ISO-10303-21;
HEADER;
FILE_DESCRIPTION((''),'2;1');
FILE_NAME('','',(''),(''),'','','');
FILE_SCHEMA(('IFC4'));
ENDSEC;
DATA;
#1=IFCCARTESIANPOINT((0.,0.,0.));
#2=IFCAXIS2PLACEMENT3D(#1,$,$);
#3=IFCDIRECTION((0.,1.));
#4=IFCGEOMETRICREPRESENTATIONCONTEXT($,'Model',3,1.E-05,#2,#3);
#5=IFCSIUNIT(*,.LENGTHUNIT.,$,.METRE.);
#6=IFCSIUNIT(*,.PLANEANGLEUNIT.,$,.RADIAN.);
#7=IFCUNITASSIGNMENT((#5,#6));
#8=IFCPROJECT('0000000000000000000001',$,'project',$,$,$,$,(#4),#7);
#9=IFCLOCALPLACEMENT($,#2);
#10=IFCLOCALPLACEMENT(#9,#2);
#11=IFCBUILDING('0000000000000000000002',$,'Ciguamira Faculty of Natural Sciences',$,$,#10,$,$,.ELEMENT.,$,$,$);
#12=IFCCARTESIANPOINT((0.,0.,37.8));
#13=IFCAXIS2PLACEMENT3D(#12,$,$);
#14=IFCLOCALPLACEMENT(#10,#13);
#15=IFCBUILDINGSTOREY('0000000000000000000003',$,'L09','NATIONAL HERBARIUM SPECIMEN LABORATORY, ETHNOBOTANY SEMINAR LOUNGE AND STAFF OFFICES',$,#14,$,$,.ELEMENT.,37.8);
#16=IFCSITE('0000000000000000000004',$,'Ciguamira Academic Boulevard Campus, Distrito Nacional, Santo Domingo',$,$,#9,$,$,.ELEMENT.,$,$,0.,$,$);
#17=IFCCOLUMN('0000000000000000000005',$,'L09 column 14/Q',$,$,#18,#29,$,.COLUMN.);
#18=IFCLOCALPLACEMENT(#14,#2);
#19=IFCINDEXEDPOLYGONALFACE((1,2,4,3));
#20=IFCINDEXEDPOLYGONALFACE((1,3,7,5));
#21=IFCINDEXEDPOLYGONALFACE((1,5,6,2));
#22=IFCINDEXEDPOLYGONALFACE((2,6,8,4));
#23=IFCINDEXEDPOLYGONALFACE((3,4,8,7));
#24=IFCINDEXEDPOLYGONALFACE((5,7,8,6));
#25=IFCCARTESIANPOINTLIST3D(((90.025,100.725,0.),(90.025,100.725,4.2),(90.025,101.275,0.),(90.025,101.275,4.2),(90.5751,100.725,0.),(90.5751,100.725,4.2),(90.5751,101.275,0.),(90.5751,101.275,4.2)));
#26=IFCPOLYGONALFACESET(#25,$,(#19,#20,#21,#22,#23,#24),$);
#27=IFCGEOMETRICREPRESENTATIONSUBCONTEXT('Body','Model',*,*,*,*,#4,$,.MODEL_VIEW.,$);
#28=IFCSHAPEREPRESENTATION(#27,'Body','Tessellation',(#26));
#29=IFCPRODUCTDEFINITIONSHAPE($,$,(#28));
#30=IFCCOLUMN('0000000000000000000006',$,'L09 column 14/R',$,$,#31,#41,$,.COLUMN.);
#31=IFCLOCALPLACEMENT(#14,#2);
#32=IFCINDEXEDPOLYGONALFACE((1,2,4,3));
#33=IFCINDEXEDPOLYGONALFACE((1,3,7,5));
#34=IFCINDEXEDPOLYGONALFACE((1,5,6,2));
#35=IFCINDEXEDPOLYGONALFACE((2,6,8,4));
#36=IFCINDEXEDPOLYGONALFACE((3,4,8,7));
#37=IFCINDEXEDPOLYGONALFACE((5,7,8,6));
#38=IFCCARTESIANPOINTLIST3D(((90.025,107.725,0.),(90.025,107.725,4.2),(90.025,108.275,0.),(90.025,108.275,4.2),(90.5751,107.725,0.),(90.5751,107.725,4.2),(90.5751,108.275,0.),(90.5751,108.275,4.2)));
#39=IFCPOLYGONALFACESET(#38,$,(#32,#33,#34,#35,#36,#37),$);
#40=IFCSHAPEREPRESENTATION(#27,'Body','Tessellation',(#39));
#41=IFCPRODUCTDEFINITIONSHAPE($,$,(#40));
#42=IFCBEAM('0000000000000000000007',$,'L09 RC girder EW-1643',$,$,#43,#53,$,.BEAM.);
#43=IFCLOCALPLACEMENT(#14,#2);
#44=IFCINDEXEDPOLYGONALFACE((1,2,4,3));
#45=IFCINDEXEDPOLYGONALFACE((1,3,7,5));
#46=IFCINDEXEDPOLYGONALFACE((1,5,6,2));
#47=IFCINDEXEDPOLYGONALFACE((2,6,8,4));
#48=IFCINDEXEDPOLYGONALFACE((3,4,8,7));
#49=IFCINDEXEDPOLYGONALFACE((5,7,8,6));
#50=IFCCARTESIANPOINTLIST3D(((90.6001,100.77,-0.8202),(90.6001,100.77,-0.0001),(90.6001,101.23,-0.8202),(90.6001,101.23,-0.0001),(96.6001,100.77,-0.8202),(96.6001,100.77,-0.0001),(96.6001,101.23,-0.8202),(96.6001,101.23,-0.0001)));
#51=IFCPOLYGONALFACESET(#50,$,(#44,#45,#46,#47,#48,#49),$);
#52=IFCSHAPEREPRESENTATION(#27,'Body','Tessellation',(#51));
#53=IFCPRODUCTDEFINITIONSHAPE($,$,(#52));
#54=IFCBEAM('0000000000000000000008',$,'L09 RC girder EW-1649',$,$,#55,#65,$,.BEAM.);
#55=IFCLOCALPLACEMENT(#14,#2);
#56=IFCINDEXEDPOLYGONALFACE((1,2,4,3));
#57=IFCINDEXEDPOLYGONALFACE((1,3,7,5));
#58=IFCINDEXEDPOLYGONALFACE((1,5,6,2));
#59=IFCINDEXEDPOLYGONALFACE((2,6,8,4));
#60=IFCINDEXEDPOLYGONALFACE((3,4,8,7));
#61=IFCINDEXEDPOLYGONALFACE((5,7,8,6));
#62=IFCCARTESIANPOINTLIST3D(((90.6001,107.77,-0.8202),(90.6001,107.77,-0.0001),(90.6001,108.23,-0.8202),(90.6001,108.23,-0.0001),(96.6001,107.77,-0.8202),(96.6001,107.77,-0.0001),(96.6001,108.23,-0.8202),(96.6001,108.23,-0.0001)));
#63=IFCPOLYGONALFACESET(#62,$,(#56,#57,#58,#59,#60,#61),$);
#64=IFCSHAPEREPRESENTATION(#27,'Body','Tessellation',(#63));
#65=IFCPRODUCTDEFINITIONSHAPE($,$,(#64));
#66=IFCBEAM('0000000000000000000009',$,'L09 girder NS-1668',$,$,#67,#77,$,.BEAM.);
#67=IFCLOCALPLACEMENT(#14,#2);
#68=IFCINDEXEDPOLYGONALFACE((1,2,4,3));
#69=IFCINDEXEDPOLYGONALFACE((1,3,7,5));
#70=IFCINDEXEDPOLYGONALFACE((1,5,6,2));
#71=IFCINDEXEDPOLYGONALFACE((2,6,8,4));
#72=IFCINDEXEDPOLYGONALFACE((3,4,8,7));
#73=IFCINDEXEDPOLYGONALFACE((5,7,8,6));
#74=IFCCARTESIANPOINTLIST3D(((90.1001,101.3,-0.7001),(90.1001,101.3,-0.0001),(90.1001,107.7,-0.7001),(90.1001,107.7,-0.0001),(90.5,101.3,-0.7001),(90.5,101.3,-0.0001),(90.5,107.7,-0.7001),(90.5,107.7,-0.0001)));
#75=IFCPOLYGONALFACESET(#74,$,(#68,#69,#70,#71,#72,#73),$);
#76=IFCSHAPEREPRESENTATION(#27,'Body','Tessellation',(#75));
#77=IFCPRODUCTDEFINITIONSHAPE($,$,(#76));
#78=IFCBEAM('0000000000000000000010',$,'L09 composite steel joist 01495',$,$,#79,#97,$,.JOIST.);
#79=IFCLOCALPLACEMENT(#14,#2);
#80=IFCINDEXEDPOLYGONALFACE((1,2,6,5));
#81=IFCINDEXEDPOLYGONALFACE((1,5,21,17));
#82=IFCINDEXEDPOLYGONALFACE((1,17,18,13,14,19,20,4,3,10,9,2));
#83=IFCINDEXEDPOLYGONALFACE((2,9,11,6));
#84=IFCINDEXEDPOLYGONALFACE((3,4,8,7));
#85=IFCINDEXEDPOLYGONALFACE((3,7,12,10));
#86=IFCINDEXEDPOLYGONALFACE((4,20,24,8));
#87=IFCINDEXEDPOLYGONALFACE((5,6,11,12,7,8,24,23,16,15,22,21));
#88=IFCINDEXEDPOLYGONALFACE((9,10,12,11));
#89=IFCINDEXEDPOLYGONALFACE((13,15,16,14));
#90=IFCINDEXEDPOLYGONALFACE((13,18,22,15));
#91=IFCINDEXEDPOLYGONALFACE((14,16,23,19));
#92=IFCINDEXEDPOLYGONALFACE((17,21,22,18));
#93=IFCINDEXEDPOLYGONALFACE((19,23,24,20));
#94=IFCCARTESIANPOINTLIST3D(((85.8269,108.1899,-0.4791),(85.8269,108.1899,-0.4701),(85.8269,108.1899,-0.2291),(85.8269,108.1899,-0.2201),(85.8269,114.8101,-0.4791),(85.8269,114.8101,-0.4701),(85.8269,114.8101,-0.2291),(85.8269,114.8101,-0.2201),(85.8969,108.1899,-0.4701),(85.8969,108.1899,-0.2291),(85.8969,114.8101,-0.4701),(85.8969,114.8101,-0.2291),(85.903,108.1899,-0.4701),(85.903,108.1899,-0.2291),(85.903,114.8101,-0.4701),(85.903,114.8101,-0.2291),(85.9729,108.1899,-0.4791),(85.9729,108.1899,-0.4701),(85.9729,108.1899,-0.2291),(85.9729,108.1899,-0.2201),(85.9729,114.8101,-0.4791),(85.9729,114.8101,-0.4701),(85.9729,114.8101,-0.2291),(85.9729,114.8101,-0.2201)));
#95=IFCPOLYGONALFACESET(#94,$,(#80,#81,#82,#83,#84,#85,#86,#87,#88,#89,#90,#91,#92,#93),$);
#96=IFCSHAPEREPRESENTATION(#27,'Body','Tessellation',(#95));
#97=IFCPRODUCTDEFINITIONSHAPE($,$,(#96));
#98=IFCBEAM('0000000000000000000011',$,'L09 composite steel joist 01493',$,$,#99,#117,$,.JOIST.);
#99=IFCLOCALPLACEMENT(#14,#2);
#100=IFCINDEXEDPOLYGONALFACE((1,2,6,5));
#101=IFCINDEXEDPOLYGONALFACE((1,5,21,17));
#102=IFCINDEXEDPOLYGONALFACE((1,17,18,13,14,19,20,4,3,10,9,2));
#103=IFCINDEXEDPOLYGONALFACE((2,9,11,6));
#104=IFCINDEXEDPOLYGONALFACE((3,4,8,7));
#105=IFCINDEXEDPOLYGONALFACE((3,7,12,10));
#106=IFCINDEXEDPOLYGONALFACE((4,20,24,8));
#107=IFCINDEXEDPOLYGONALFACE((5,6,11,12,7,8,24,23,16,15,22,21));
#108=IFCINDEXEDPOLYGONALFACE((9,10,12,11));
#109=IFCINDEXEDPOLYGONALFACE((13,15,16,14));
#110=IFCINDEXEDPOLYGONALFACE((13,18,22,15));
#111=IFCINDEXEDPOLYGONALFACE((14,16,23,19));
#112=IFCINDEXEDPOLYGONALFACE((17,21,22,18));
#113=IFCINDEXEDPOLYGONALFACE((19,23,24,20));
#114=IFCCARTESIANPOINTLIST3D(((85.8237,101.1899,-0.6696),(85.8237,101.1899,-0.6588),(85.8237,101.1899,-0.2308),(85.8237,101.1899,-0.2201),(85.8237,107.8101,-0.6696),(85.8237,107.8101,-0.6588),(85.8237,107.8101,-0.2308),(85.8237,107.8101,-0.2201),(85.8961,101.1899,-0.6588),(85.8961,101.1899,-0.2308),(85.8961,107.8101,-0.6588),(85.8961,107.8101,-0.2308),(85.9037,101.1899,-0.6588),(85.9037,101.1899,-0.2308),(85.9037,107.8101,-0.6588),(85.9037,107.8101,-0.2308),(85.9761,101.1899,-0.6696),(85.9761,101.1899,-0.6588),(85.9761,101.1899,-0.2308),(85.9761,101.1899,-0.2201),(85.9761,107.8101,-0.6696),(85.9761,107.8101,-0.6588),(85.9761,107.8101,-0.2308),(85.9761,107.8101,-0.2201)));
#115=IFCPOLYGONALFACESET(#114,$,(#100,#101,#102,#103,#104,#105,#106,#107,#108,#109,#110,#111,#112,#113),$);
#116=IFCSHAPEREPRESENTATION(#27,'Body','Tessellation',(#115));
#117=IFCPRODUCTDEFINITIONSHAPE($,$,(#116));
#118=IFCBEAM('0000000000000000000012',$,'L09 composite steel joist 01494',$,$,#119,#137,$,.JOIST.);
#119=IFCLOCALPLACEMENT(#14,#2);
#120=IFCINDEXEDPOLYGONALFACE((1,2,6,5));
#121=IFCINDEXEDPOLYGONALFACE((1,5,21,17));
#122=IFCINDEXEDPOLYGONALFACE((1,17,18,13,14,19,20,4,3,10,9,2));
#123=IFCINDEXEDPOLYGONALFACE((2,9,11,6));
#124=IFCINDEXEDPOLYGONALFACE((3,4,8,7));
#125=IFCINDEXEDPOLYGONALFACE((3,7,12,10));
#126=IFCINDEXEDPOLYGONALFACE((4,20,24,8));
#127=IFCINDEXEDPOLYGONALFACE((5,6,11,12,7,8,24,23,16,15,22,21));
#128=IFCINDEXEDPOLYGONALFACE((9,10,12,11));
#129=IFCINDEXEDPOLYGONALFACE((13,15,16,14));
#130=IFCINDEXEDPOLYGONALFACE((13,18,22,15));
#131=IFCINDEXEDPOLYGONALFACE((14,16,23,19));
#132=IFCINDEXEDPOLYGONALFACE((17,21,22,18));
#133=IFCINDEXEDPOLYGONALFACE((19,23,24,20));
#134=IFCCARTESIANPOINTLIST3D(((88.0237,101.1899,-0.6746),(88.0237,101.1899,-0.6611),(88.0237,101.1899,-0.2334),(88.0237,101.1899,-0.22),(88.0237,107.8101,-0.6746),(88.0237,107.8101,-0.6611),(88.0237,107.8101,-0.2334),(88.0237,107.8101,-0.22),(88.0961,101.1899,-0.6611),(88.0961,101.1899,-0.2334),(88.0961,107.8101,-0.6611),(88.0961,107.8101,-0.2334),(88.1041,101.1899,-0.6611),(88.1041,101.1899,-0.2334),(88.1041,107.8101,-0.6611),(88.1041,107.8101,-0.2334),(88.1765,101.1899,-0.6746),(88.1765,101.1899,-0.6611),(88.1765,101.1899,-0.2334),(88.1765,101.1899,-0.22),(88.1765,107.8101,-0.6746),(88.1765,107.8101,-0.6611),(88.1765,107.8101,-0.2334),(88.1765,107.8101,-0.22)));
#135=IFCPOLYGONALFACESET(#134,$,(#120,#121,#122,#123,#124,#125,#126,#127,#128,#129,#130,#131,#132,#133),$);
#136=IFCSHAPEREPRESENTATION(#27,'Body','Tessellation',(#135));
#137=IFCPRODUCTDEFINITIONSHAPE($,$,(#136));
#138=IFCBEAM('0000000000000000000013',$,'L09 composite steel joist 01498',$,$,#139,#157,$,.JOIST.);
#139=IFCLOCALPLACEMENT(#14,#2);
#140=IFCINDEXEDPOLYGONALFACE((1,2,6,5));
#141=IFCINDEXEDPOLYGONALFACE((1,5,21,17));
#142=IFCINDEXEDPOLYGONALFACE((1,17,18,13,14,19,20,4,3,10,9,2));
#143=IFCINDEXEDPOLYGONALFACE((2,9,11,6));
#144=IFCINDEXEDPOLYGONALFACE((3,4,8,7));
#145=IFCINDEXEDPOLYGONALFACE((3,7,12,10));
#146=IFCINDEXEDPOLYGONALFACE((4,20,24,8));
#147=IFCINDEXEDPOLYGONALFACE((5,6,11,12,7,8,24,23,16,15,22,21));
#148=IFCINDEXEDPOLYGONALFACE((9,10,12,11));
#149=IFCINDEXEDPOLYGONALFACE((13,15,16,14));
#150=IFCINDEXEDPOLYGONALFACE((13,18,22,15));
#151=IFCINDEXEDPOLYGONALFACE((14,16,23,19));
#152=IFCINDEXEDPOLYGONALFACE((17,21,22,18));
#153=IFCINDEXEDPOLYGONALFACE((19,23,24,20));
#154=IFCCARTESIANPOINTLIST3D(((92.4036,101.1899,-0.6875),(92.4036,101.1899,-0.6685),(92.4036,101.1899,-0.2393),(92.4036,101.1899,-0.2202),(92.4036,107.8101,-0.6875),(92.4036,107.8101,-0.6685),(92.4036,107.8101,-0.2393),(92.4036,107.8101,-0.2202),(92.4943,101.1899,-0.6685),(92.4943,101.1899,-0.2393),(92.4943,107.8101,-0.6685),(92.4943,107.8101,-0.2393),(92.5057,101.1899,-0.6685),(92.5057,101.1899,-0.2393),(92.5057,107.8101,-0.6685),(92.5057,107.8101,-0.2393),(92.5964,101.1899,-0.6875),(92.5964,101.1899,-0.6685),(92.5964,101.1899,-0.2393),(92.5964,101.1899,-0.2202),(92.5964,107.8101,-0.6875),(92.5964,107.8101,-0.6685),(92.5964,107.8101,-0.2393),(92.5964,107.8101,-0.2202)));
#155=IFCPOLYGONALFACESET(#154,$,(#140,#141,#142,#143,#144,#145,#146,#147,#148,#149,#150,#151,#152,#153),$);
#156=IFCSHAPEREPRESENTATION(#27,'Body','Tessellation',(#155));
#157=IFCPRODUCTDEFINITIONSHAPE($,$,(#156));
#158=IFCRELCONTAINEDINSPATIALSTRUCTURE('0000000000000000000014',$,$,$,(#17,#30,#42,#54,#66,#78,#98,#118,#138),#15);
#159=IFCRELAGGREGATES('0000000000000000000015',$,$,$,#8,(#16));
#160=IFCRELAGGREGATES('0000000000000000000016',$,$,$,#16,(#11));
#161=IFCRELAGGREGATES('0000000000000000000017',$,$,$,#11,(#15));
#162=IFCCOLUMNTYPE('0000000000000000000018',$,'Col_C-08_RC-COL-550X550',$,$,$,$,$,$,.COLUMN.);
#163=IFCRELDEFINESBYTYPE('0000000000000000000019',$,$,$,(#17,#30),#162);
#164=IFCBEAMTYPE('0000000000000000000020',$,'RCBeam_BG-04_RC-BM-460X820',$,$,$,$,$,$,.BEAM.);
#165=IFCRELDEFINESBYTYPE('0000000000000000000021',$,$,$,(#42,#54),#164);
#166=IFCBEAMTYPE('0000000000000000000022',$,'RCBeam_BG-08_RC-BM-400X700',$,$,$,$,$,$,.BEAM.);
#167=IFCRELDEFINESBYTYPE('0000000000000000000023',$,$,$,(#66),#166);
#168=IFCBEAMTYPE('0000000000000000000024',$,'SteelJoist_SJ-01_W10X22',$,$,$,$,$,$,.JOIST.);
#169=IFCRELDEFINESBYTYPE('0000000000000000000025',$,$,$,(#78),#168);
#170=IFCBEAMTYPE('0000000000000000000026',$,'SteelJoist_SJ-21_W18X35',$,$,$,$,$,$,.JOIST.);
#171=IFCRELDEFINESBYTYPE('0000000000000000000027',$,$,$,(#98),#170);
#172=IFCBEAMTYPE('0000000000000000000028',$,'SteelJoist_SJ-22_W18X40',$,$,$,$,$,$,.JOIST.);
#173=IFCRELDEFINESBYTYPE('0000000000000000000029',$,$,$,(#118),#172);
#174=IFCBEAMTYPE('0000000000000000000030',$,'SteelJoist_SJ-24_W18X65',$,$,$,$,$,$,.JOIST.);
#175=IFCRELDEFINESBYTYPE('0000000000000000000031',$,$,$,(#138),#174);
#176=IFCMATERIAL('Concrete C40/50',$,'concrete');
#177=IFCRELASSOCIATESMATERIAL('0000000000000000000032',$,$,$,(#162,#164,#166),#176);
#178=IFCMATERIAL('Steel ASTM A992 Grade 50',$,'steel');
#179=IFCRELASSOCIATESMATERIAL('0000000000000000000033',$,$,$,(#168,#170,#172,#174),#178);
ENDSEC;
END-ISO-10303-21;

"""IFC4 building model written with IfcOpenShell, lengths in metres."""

from ifc_helpers import new_model, si_unit, direction, frame, origin, origin_2d, place, context, subcontext, project, spatial, rectangle, i_section, extrude, material, material_profile, profile_set, type_object, element, save


model = new_model("IFC4")

# Units and contexts
model_context = context("Model", 3, precision=1e-05, world=origin(), true_north=direction((0.0, 1.0)))
body_context = subcontext(model_context, "Body", "Model", "MODEL_VIEW")
ifc_project = project(units=[si_unit("LENGTHUNIT", "METRE"), si_unit("PLANEANGLEUNIT", "RADIAN")], contexts=[model_context])

# Site, building, storey
site_placement = place(None, origin())
site = spatial("IfcSite", under=ifc_project, at=site_placement, Name="Ciguamira Academic Boulevard Campus, Distrito Nacional, Santo Domingo", CompositionType="ELEMENT", RefElevation=0.0)
building_placement = place(site_placement, origin())
building = spatial("IfcBuilding", under=site, at=building_placement, Name="Ciguamira Faculty of Natural Sciences", CompositionType="ELEMENT")
storey_placement = place(building_placement, frame((0.0, 0.0, 37.8)))
storey = spatial("IfcBuildingStorey", under=building, at=storey_placement, Name="L09", Description="NATIONAL HERBARIUM SPECIMEN LABORATORY, ETHNOBOTANY SEMINAR LOUNGE AND STAFF OFFICES", CompositionType="ELEMENT", Elevation=37.8)

# Columns
ifc_material_1 = material(Name="Concrete C40/50", Category="concrete")
ifc_material_profile_1 = material_profile(ifc_material_1, rectangle(XDim=0.55, YDim=0.55, at=origin_2d()), Name="RC-COL-550X550")
ifc_profile_set_1 = profile_set([ifc_material_profile_1], Name="Concrete C40/50")
column_type = type_object("IfcColumnType", Name="Col_C-08_RC-COL-550X550", PredefinedType="COLUMN", material=ifc_profile_set_1)
for number, where, z_axis, x_axis, name in (
    (1, (90.3, 101.0, 0.0), (0.0, 0.0, 1.0), (1.0, 0.0, 0.0), "L09 column 14/Q"),
    (2, (90.3, 108.0, 0.0), (0.0, 0.0, 1.0), (1.0, 0.0, 0.0), "L09 column 14/R"),
):
    element("IfcColumn", number, at=place(storey_placement, frame(where, z_axis=z_axis, x_axis=x_axis)), inside=storey, type_object=column_type, Name=name, PredefinedType="COLUMN", context=body_context, shape_type="SweptSolid", body=[
        extrude(rectangle(XDim=0.55, YDim=0.55, at=origin_2d()), origin(), (0.0, 0.0, 1.0), 4.2),
    ])

# Beams
ifc_material_profile_2 = material_profile(ifc_material_1, rectangle(XDim=0.46, YDim=0.8201, at=origin_2d()), Name="RC-BM-460X820")
ifc_profile_set_2 = profile_set([ifc_material_profile_2], Name="Concrete C40/50")
beam_type_1 = type_object("IfcBeamType", Name="RCBeam_BG-04_RC-BM-460X820", PredefinedType="BEAM", material=ifc_profile_set_2)
for number, where, z_axis, x_axis, name in (
    (3, (90.6001, 101.0, -0.4102), (1.0, 0.0, 0.0), (0.0, 1.0, 0.0), "L09 RC girder EW-1643"),
    (4, (90.6001, 108.0, -0.4102), (1.0, 0.0, 0.0), (0.0, 1.0, 0.0), "L09 RC girder EW-1649"),
):
    element("IfcBeam", number, at=place(storey_placement, frame(where, z_axis=z_axis, x_axis=x_axis)), inside=storey, type_object=beam_type_1, Name=name, PredefinedType="BEAM", context=body_context, shape_type="SweptSolid", body=[
        extrude(rectangle(XDim=0.46, YDim=0.8201, at=origin_2d()), origin(), (0.0, 0.0, 1.0), 6.0),
    ])
ifc_material_profile_3 = material_profile(ifc_material_1, rectangle(XDim=0.3999, YDim=0.7, at=origin_2d()), Name="RC-BM-400X700")
ifc_profile_set_3 = profile_set([ifc_material_profile_3], Name="Concrete C40/50")
beam_type_2 = type_object("IfcBeamType", Name="RCBeam_BG-08_RC-BM-400X700", PredefinedType="BEAM", material=ifc_profile_set_3)
beam_1_placement = place(storey_placement, frame((90.3, 101.3, -0.3501), z_axis=(0.0, 1.0, 0.0), x_axis=(-1.0, 0.0, 0.0)))
element("IfcBeam", 5, at=beam_1_placement, inside=storey, type_object=beam_type_2, Name="L09 girder NS-1668", PredefinedType="BEAM", context=body_context, shape_type="SweptSolid", body=[
    extrude(rectangle(XDim=0.3999, YDim=0.7, at=origin_2d()), origin(), (0.0, 0.0, 1.0), 6.3999),
])
ifc_material_2 = material(Name="Steel ASTM A992 Grade 50", Category="steel")
ifc_material_profile_4 = material_profile(ifc_material_2, i_section(OverallWidth=0.146, OverallDepth=0.259, WebThickness=0.0061, FlangeThickness=0.009, at=origin_2d()), Name="W10X22")
ifc_profile_set_4 = profile_set([ifc_material_profile_4], Name="Steel ASTM A992 Grade 50")
beam_type_3 = type_object("IfcBeamType", Name="SteelJoist_SJ-01_W10X22", PredefinedType="JOIST", material=ifc_profile_set_4)
beam_2_placement = place(storey_placement, frame((85.8999, 108.1899, -0.3496), z_axis=(0.0, 1.0, 0.0), x_axis=(-1.0, 0.0, 0.0)))
element("IfcBeam", 6, at=beam_2_placement, inside=storey, type_object=beam_type_3, Name="L09 composite steel joist 01495", PredefinedType="JOIST", context=body_context, shape_type="SweptSolid", body=[
    extrude(i_section(OverallWidth=0.146, OverallDepth=0.259, WebThickness=0.0061, FlangeThickness=0.009, at=origin_2d()), origin(), (0.0, 0.0, 1.0), 6.6201),
])
ifc_material_profile_5 = material_profile(ifc_material_2, i_section(OverallWidth=0.1523, OverallDepth=0.4495, WebThickness=0.0076, FlangeThickness=0.0107, at=origin_2d()), Name="W18X35")
ifc_profile_set_5 = profile_set([ifc_material_profile_5], Name="Steel ASTM A992 Grade 50")
beam_type_4 = type_object("IfcBeamType", Name="SteelJoist_SJ-21_W18X35", PredefinedType="JOIST", material=ifc_profile_set_5)
beam_3_placement = place(storey_placement, frame((85.8999, 101.1899, -0.4448), z_axis=(0.0, 1.0, 0.0), x_axis=(-1.0, 0.0, 0.0)))
element("IfcBeam", 7, at=beam_3_placement, inside=storey, type_object=beam_type_4, Name="L09 composite steel joist 01493", PredefinedType="JOIST", context=body_context, shape_type="SweptSolid", body=[
    extrude(i_section(OverallWidth=0.1523, OverallDepth=0.4495, WebThickness=0.0076, FlangeThickness=0.0107, at=origin_2d()), origin(), (0.0, 0.0, 1.0), 6.6201),
])
ifc_material_profile_6 = material_profile(ifc_material_2, i_section(OverallWidth=0.1528, OverallDepth=0.4546, WebThickness=0.0081, FlangeThickness=0.0134, at=origin_2d()), Name="W18X40")
ifc_profile_set_6 = profile_set([ifc_material_profile_6], Name="Steel ASTM A992 Grade 50")
beam_type_5 = type_object("IfcBeamType", Name="SteelJoist_SJ-22_W18X40", PredefinedType="JOIST", material=ifc_profile_set_6)
beam_4_placement = place(storey_placement, frame((88.1001, 101.1899, -0.4473), z_axis=(0.0, 1.0, 0.0), x_axis=(-1.0, 0.0, 0.0)))
element("IfcBeam", 8, at=beam_4_placement, inside=storey, type_object=beam_type_5, Name="L09 composite steel joist 01494", PredefinedType="JOIST", context=body_context, shape_type="SweptSolid", body=[
    extrude(i_section(OverallWidth=0.1528, OverallDepth=0.4546, WebThickness=0.0081, FlangeThickness=0.0134, at=origin_2d()), origin(), (0.0, 0.0, 1.0), 6.6201),
])
ifc_material_profile_7 = material_profile(ifc_material_2, i_section(OverallWidth=0.1929, OverallDepth=0.4673, WebThickness=0.0115, FlangeThickness=0.019, at=origin_2d()), Name="W18X65")
ifc_profile_set_7 = profile_set([ifc_material_profile_7], Name="Steel ASTM A992 Grade 50")
beam_type_6 = type_object("IfcBeamType", Name="SteelJoist_SJ-24_W18X65", PredefinedType="JOIST", material=ifc_profile_set_7)
beam_5_placement = place(storey_placement, frame((92.5, 101.1899, -0.4539), z_axis=(0.0, 1.0, 0.0), x_axis=(-1.0, 0.0, 0.0)))
element("IfcBeam", 9, at=beam_5_placement, inside=storey, type_object=beam_type_6, Name="L09 composite steel joist 01498", PredefinedType="JOIST", context=body_context, shape_type="SweptSolid", body=[
    extrude(i_section(OverallWidth=0.1929, OverallDepth=0.4673, WebThickness=0.0115, FlangeThickness=0.019, at=origin_2d()), origin(), (0.0, 0.0, 1.0), 6.6201),
])

save(model, "model.ifc")
